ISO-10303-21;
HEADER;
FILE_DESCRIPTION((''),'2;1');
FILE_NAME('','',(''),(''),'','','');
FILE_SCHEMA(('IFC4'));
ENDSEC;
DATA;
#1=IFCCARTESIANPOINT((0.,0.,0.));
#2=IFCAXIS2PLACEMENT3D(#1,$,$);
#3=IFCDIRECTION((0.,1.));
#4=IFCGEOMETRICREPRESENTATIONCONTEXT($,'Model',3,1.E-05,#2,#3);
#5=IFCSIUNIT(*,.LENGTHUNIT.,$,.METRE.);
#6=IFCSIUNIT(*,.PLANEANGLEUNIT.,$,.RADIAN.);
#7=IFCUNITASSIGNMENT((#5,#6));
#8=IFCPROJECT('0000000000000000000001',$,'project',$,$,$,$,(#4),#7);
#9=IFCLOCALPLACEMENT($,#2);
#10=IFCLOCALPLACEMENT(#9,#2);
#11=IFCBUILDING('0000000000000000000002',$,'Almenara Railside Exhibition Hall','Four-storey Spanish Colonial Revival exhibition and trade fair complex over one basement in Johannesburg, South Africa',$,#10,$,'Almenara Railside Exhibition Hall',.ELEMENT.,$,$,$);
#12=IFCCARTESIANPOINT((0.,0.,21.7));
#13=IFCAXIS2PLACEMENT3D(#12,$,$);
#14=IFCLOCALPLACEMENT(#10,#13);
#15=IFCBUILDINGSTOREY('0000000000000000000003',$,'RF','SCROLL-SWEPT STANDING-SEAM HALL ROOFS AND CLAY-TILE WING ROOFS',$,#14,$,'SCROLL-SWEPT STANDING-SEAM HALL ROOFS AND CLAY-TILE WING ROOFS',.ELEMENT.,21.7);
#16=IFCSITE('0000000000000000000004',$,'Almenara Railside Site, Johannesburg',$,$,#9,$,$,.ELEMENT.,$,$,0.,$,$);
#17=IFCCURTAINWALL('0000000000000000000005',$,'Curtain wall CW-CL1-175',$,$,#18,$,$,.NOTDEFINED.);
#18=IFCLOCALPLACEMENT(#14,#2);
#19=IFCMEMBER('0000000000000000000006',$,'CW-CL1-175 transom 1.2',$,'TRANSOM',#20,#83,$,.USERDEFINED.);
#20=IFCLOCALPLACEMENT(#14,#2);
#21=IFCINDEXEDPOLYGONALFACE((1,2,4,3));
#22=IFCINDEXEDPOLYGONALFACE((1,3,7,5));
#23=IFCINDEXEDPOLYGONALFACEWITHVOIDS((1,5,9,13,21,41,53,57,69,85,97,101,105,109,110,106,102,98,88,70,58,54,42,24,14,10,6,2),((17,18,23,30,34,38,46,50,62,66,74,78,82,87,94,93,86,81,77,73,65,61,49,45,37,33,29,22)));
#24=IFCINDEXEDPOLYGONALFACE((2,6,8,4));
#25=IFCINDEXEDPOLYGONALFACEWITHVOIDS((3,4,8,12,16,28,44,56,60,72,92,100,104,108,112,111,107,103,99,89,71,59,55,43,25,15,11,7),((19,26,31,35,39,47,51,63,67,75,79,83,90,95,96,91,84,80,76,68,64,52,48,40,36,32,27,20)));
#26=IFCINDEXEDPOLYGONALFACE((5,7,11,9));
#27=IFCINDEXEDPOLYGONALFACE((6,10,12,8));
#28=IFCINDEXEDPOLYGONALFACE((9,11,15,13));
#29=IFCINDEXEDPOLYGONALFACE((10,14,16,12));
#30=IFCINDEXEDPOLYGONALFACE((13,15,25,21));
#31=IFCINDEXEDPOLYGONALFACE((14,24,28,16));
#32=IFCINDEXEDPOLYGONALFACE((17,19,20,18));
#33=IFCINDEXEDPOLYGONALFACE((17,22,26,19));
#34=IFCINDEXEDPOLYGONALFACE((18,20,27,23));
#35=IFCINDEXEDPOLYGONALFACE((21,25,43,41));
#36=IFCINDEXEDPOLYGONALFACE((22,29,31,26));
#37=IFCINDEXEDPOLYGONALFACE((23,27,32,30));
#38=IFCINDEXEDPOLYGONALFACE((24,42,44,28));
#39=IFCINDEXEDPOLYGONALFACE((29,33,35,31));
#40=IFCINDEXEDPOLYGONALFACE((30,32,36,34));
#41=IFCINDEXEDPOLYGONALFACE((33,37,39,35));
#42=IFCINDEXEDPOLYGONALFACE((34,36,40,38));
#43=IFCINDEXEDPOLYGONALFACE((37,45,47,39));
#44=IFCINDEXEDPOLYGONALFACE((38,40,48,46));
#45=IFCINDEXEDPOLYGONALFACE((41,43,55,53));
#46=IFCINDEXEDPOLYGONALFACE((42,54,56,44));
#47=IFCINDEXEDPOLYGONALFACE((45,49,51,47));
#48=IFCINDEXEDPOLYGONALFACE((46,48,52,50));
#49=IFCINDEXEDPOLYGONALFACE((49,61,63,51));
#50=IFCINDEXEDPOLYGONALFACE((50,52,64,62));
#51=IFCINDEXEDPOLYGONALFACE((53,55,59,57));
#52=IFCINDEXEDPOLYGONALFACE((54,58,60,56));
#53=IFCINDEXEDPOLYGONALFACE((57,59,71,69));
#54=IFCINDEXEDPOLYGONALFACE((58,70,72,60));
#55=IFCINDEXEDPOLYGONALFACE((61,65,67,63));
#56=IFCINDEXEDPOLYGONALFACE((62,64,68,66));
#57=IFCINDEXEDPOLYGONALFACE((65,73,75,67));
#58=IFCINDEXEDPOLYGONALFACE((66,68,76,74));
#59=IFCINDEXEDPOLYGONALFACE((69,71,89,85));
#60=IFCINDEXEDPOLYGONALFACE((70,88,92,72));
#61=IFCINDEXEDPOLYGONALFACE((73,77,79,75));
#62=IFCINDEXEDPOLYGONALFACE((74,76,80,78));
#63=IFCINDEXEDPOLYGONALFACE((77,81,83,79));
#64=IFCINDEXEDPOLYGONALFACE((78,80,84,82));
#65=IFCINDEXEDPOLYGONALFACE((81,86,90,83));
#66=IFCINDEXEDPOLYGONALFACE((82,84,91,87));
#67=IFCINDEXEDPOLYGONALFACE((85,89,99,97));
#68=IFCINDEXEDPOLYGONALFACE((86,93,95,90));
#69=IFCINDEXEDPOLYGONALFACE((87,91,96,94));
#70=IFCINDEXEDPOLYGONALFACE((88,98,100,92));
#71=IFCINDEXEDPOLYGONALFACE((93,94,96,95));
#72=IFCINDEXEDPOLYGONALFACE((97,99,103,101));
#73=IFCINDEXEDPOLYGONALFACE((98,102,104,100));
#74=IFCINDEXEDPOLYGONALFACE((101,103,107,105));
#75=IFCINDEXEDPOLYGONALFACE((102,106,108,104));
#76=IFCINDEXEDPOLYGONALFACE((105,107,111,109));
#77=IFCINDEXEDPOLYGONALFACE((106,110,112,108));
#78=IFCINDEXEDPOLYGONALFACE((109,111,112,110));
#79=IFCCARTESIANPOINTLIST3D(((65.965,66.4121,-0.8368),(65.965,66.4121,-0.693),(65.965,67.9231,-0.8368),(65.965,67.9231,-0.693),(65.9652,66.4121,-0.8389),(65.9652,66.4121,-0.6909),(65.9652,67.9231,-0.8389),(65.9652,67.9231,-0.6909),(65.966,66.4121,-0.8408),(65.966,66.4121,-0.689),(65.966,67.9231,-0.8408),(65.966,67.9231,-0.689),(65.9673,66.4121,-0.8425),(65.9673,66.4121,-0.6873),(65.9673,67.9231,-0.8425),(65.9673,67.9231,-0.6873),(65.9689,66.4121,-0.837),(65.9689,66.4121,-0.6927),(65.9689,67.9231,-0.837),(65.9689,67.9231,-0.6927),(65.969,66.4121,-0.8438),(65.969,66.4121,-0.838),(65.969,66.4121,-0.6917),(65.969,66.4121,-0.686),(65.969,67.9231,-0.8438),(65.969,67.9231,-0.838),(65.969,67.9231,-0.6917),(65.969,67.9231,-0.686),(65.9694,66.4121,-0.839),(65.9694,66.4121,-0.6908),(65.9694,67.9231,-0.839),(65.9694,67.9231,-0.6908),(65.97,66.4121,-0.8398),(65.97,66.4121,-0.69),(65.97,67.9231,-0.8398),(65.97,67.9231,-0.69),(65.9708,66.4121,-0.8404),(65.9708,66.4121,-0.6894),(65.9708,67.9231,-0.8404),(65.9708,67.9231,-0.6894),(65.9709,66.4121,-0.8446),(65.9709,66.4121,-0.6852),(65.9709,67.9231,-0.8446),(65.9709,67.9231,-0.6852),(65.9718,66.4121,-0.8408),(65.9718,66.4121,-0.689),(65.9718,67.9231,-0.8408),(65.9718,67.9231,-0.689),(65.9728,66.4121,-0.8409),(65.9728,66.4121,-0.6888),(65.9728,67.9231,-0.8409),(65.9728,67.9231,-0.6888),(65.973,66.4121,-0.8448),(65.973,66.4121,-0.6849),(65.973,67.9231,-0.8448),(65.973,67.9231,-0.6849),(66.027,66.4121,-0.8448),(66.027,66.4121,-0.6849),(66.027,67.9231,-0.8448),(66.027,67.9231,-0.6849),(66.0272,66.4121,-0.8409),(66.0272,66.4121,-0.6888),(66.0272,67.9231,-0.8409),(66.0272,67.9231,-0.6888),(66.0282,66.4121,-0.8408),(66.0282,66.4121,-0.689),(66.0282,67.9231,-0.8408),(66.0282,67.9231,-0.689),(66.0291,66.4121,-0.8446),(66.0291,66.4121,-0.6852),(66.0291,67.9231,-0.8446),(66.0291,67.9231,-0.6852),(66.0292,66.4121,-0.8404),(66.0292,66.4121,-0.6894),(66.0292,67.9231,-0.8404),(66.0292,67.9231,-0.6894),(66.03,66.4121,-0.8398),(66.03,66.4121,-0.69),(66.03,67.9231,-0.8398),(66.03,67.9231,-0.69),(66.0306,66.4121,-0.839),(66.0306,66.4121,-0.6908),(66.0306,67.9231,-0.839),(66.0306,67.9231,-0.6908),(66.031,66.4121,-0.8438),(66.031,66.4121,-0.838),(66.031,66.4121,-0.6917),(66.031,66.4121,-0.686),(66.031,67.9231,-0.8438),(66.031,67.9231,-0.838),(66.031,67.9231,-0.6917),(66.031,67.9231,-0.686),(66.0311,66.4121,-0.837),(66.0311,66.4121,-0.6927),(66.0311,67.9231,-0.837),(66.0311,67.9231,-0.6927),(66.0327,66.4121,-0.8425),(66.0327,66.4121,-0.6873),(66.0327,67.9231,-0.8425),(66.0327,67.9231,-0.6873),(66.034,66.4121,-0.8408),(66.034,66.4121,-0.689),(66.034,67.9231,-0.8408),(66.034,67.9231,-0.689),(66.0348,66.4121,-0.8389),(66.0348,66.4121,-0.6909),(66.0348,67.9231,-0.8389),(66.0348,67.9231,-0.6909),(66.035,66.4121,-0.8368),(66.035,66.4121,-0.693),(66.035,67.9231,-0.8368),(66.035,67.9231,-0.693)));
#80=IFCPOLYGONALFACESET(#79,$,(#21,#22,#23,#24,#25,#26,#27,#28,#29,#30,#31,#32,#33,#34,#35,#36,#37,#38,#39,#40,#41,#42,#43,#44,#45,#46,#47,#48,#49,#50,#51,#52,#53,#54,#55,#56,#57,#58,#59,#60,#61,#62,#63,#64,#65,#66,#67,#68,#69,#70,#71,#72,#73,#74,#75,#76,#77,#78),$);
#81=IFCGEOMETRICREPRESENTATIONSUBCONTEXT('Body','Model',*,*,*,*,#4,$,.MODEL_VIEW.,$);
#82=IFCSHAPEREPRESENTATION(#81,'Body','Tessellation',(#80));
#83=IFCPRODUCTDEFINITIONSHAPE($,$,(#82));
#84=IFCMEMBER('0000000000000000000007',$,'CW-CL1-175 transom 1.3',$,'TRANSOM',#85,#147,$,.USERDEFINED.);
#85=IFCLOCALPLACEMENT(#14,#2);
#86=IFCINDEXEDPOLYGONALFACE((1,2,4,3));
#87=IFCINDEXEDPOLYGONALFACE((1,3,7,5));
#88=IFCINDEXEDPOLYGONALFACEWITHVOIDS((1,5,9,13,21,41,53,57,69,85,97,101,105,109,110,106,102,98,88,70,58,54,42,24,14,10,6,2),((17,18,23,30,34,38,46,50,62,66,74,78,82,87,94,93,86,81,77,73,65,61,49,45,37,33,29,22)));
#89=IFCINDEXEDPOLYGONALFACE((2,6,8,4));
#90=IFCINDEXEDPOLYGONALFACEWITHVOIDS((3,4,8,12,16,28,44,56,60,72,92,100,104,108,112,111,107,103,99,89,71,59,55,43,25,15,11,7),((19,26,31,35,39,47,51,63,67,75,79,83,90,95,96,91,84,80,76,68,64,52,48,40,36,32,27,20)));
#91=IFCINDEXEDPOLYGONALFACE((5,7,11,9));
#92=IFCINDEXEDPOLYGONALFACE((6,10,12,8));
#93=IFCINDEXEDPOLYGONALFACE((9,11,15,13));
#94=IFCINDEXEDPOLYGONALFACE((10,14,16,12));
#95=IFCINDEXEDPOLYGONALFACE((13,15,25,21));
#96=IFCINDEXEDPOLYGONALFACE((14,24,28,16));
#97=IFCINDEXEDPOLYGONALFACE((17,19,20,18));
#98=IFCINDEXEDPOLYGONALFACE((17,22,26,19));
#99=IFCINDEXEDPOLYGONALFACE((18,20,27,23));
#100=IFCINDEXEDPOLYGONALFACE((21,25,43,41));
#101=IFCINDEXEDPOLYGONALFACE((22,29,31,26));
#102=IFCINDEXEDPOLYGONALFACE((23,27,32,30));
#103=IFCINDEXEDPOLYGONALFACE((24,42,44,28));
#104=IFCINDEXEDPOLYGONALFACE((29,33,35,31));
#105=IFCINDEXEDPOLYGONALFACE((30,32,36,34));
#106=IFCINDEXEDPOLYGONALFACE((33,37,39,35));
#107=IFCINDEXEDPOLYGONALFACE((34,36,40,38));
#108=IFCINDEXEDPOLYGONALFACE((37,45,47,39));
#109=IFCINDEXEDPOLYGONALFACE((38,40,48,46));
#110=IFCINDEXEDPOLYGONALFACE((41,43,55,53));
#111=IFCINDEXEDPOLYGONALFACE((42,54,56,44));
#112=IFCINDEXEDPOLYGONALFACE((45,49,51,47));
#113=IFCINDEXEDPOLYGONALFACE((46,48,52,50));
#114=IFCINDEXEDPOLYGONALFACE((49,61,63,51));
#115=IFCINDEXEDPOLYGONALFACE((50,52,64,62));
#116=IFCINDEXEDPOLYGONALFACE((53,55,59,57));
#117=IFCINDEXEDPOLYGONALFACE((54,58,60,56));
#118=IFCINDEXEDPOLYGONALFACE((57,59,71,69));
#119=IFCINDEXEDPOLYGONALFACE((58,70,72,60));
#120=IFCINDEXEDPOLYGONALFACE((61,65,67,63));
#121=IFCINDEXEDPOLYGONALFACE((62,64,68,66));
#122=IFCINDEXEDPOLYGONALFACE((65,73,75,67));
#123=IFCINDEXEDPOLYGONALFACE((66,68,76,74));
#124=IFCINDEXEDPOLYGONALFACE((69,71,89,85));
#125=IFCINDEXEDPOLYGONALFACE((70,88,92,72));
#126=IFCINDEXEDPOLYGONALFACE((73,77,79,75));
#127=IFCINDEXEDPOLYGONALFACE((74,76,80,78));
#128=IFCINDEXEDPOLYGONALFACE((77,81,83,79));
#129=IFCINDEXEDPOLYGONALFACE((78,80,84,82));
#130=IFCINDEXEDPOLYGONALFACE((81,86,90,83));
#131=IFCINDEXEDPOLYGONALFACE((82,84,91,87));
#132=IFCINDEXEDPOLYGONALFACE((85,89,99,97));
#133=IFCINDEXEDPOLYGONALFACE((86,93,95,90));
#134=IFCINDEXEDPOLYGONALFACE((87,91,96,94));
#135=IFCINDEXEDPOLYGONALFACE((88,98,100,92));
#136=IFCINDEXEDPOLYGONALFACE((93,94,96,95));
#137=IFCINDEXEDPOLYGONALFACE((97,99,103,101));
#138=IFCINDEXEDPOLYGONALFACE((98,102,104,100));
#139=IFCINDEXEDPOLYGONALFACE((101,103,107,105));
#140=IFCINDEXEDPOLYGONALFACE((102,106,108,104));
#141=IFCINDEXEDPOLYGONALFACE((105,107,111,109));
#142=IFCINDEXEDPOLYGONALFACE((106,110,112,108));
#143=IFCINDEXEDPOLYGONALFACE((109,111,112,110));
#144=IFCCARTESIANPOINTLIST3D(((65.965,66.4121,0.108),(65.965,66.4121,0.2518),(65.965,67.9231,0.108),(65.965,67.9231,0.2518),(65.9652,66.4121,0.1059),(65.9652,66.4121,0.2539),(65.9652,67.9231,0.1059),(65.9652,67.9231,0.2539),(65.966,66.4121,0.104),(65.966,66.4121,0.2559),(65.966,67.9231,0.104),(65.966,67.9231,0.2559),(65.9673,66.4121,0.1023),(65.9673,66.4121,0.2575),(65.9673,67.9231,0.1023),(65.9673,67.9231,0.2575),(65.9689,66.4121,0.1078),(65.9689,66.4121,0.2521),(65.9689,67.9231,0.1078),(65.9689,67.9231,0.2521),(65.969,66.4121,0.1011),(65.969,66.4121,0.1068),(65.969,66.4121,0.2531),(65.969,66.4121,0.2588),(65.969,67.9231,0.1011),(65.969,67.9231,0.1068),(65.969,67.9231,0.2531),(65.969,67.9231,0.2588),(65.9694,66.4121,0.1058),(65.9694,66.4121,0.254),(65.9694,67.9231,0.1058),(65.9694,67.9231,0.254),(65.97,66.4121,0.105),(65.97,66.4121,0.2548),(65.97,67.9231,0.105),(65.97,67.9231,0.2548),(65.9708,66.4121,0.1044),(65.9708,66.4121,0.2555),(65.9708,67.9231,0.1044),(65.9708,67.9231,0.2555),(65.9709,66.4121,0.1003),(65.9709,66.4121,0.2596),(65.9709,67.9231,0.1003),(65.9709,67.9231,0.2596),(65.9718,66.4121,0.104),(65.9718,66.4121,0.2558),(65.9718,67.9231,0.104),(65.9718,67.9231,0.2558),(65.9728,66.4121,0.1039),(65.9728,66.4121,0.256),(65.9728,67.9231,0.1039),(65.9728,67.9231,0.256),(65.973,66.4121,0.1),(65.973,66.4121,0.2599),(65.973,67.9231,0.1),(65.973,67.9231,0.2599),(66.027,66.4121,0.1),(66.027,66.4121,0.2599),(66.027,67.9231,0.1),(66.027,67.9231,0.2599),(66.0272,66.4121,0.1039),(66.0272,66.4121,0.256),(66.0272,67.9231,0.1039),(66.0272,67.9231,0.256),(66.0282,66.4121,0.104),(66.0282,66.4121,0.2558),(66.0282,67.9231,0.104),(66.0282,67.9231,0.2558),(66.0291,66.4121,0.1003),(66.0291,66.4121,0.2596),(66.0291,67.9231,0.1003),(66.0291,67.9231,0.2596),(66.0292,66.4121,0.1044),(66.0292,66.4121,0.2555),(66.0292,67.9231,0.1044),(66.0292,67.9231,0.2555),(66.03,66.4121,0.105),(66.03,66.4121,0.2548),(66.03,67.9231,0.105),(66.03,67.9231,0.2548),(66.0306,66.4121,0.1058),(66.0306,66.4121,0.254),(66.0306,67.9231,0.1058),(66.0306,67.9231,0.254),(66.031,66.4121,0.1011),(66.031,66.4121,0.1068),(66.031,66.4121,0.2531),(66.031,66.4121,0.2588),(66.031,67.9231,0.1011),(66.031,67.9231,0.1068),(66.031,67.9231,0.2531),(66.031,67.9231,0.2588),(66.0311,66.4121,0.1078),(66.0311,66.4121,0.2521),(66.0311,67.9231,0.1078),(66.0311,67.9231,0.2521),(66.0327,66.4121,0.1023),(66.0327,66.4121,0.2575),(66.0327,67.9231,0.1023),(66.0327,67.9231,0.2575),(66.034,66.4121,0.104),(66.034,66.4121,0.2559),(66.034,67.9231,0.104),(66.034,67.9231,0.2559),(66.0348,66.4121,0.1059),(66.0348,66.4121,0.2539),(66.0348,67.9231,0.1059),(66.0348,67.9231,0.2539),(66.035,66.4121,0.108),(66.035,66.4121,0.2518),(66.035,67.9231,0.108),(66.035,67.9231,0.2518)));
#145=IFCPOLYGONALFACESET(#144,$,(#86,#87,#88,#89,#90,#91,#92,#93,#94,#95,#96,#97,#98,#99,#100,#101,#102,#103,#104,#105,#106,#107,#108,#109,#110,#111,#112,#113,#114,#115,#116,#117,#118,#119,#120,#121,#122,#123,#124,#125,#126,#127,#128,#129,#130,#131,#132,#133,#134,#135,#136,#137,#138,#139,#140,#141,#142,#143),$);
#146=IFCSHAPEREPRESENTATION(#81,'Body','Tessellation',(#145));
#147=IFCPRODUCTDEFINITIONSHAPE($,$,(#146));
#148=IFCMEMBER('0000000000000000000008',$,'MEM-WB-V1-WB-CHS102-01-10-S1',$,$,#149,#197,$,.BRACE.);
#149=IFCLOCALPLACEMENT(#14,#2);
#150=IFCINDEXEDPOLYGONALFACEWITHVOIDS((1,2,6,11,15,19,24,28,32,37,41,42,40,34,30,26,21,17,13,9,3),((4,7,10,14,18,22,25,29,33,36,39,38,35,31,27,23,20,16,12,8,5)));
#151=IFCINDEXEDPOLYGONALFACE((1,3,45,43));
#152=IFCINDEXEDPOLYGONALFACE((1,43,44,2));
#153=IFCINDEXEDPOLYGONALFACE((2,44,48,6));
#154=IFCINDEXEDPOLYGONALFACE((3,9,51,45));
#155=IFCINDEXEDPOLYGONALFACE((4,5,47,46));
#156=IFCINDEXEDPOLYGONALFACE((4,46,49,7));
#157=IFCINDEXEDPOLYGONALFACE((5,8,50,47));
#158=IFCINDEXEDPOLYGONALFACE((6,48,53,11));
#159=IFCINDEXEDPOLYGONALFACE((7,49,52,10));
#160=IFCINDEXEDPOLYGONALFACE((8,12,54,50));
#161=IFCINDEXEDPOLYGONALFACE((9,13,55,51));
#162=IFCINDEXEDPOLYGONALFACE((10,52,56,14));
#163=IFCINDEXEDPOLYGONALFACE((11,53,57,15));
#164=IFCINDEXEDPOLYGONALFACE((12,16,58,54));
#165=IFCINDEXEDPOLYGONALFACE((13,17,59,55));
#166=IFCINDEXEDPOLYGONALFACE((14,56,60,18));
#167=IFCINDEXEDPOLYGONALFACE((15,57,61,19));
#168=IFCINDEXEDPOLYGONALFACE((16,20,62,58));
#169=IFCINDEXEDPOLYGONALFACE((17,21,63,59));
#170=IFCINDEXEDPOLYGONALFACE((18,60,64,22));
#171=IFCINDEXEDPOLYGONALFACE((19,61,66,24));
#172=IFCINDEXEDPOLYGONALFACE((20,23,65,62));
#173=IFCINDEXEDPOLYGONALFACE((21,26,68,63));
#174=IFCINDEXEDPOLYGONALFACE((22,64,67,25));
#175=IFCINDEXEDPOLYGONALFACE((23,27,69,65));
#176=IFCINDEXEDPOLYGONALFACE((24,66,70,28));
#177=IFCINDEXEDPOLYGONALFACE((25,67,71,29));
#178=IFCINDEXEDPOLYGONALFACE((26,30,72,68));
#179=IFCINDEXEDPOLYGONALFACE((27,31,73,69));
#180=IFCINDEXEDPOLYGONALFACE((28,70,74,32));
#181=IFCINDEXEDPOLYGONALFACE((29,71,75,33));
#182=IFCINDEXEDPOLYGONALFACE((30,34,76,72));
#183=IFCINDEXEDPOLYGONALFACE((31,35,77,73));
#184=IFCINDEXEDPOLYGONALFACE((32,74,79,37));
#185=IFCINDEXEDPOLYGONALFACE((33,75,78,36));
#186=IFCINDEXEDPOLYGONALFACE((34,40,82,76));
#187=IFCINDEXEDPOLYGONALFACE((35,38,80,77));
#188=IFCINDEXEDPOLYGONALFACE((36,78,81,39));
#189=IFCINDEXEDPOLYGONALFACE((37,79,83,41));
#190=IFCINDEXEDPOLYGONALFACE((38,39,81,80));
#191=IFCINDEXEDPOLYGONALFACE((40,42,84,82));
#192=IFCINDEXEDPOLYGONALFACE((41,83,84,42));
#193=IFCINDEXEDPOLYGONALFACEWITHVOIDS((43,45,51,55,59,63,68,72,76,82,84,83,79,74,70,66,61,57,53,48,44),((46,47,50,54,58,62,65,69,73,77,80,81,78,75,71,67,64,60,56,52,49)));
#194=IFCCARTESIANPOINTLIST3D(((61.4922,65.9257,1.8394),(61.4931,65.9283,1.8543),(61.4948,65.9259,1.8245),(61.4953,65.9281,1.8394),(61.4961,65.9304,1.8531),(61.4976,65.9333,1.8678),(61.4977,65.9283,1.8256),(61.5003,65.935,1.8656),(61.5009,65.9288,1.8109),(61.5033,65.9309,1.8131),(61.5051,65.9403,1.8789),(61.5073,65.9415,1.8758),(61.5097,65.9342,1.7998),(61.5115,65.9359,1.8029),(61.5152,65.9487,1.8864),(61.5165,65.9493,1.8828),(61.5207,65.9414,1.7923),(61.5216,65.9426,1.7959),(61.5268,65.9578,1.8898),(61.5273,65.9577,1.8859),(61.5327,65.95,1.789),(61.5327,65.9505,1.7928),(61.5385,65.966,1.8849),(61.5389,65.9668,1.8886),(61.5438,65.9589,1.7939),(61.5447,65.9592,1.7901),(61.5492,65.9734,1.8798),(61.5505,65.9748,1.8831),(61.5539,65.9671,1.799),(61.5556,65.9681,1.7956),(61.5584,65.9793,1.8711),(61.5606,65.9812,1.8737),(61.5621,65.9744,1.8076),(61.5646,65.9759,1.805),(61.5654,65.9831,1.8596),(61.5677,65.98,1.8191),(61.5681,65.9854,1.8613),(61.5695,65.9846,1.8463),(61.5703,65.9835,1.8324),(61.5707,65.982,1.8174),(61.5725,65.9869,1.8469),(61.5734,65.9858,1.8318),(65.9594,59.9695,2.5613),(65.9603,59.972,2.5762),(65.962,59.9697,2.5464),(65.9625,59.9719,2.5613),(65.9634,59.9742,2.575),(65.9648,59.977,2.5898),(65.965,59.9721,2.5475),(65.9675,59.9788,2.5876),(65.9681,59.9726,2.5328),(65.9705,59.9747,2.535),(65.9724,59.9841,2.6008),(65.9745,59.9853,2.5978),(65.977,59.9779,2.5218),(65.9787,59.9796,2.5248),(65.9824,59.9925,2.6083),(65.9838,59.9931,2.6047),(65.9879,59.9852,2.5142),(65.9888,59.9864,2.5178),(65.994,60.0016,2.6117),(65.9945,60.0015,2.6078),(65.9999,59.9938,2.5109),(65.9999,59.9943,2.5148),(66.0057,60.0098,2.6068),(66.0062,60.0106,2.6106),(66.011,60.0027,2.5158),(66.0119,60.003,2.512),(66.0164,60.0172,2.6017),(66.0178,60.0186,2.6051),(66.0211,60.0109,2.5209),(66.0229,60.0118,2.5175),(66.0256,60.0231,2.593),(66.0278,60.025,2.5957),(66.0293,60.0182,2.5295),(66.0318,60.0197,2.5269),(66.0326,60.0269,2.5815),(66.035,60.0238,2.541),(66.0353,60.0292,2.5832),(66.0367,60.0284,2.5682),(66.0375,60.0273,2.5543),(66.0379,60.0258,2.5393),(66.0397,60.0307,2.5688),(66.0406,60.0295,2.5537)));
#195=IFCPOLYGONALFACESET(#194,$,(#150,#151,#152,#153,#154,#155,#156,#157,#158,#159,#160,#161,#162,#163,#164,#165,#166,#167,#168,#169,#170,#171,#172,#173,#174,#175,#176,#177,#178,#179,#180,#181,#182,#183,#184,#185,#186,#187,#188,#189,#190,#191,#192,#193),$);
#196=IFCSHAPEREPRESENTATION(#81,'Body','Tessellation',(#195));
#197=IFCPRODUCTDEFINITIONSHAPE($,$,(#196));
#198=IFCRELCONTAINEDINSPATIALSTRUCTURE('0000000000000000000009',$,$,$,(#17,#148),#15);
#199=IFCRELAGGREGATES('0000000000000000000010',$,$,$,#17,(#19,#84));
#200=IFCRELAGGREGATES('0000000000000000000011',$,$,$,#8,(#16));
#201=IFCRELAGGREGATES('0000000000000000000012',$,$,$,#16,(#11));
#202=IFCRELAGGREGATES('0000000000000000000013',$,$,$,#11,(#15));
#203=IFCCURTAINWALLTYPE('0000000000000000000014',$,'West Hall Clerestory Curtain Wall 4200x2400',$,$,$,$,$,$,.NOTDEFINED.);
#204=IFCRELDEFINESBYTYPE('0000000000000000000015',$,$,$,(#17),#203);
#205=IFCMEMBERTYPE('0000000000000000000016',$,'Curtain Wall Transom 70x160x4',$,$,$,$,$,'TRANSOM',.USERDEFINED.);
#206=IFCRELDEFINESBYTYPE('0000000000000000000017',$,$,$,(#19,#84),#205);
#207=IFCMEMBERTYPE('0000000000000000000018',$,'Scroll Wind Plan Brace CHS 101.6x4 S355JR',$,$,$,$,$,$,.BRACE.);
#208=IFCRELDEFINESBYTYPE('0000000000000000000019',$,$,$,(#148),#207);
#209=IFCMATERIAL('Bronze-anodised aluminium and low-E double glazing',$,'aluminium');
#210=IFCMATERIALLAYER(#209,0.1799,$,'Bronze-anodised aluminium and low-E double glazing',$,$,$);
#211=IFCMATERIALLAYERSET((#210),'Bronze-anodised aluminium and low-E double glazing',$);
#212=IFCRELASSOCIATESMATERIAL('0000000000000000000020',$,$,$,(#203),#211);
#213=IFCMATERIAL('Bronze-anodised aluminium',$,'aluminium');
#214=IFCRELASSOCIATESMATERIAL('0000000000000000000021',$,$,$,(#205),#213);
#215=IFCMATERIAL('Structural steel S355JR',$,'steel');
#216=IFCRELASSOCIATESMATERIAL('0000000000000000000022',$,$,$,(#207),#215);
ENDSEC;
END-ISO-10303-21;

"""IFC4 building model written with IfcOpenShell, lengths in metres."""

from ifc_helpers import new_model, si_unit, direction, frame, origin, origin_2d, place, context, subcontext, project, spatial, hollow_rectangle, hollow_circle, extrude, material, layer, layer_set, material_profile, profile_set, type_object, element, aggregate, save


model = new_model("IFC4")

# Units and contexts
model_context = context("Model", 3, precision=1e-05, world=origin(), true_north=direction((0.0, 1.0)))
body_context = subcontext(model_context, "Body", "Model", "MODEL_VIEW")
ifc_project = project(units=[si_unit("LENGTHUNIT", "METRE"), si_unit("PLANEANGLEUNIT", "RADIAN")], contexts=[model_context])

# Site, building, storey
site_placement = place(None, origin())
site = spatial("IfcSite", under=ifc_project, at=site_placement, Name="Almenara Railside Site, Johannesburg", CompositionType="ELEMENT", RefElevation=0.0)
building_placement = place(site_placement, origin())
building = spatial("IfcBuilding", under=site, at=building_placement, Name="Almenara Railside Exhibition Hall", Description="Four-storey Spanish Colonial Revival exhibition and trade fair complex over one basement in Johannesburg, South Africa", LongName="Almenara Railside Exhibition Hall", CompositionType="ELEMENT")
storey_placement = place(building_placement, frame((0.0, 0.0, 21.7)))
storey = spatial("IfcBuildingStorey", under=building, at=storey_placement, Name="RF", Description="SCROLL-SWEPT STANDING-SEAM HALL ROOFS AND CLAY-TILE WING ROOFS", LongName="SCROLL-SWEPT STANDING-SEAM HALL ROOFS AND CLAY-TILE WING ROOFS", CompositionType="ELEMENT", Elevation=21.7)

# Shared definitions
ifc_material_1 = material(Name="Structural steel S355JR", Category="steel")

# Shared definitions
ifc_material_2 = material(Name="Bronze-anodised aluminium and low-E double glazing", Category="aluminium")
ifc_layer_1 = layer(ifc_material_2, 0.1799, Name="Bronze-anodised aluminium and low-E double glazing")
ifc_layer_set_1 = layer_set([ifc_layer_1], Name="Bronze-anodised aluminium and low-E double glazing")
curtain_wall_type = type_object("IfcCurtainWallType", Name="West Hall Clerestory Curtain Wall 4200x2400", PredefinedType="NOTDEFINED", material=ifc_layer_set_1)
ifc_material_3 = material(Name="Bronze-anodised aluminium", Category="aluminium")

# Curtain wall
curtain_wall_1_placement = place(storey_placement, origin())
curtain_wall_1 = element("IfcCurtainWall", 1, at=curtain_wall_1_placement, inside=storey, type_object=curtain_wall_type, Name="Curtain wall CW-CL1-175", PredefinedType="NOTDEFINED")

# Members
ifc_material_profile_1 = material_profile(ifc_material_3, hollow_rectangle(XDim=0.0701, YDim=0.1599, WallThickness=0.0039, InnerFilletRadius=0.0039, OuterFilletRadius=0.0081, at=origin_2d()), Name="ALU-TRN 70x160x4")
ifc_profile_set_1 = profile_set([ifc_material_profile_1], Name="Bronze-anodised aluminium")
member_type_1 = type_object("IfcMemberType", Name="Curtain Wall Transom 70x160x4", ElementType="TRANSOM", PredefinedType="USERDEFINED", material=ifc_profile_set_1)
member_1_placement = place(storey_placement, frame((66.0, 66.4121, -0.7649), z_axis=(0.0, 1.0, 0.0), x_axis=(-1.0, 0.0, 0.0)))
member_1 = element("IfcMember", 2, at=member_1_placement, type_object=member_type_1, Name="CW-CL1-175 transom 1.2", ObjectType="TRANSOM", PredefinedType="USERDEFINED", context=body_context, shape_type="SweptSolid", body=[
    extrude(hollow_rectangle(XDim=0.0701, YDim=0.1599, WallThickness=0.0039, InnerFilletRadius=0.0039, OuterFilletRadius=0.0081, at=origin_2d()), origin(), (0.0, 0.0, 1.0), 1.511),
])
member_2_placement = place(storey_placement, frame((66.0, 66.4121, 0.1799), z_axis=(0.0, 1.0, 0.0), x_axis=(-1.0, 0.0, 0.0)))
member_2 = element("IfcMember", 3, at=member_2_placement, type_object=member_type_1, Name="CW-CL1-175 transom 1.3", ObjectType="TRANSOM", PredefinedType="USERDEFINED", context=body_context, shape_type="SweptSolid", body=[
    extrude(hollow_rectangle(XDim=0.0701, YDim=0.1599, WallThickness=0.0039, InnerFilletRadius=0.0039, OuterFilletRadius=0.0081, at=origin_2d()), origin(), (0.0, 0.0, 1.0), 1.511),
])
ifc_material_profile_2 = material_profile(ifc_material_1, hollow_circle(Radius=0.0508, WallThickness=0.0039, at=origin_2d()), Name="CHS 101.6x4")
ifc_profile_set_2 = profile_set([ifc_material_profile_2], Name="Structural steel S355JR")
member_type_2 = type_object("IfcMemberType", Name="Scroll Wind Plan Brace CHS 101.6x4 S355JR", PredefinedType="BRACE", material=ifc_profile_set_2)
member_3_placement = place(storey_placement, frame((66.0, 60.0, 2.5613), z_axis=(-0.597204, 0.796262, -0.09651), x_axis=(-0.799996, -0.600005, 0.0)))
element("IfcMember", 4, at=member_3_placement, inside=storey, type_object=member_type_2, Name="MEM-WB-V1-WB-CHS102-01-10-S1", PredefinedType="BRACE", context=body_context, shape_type="SweptSolid", body=[
    extrude(hollow_circle(Radius=0.0508, WallThickness=0.0039, at=origin_2d()), origin(), (0.0, 0.0, 1.0), 7.4802),
])

aggregate(curtain_wall_1, [member_1, member_2])

save(model, "model.ifc")
